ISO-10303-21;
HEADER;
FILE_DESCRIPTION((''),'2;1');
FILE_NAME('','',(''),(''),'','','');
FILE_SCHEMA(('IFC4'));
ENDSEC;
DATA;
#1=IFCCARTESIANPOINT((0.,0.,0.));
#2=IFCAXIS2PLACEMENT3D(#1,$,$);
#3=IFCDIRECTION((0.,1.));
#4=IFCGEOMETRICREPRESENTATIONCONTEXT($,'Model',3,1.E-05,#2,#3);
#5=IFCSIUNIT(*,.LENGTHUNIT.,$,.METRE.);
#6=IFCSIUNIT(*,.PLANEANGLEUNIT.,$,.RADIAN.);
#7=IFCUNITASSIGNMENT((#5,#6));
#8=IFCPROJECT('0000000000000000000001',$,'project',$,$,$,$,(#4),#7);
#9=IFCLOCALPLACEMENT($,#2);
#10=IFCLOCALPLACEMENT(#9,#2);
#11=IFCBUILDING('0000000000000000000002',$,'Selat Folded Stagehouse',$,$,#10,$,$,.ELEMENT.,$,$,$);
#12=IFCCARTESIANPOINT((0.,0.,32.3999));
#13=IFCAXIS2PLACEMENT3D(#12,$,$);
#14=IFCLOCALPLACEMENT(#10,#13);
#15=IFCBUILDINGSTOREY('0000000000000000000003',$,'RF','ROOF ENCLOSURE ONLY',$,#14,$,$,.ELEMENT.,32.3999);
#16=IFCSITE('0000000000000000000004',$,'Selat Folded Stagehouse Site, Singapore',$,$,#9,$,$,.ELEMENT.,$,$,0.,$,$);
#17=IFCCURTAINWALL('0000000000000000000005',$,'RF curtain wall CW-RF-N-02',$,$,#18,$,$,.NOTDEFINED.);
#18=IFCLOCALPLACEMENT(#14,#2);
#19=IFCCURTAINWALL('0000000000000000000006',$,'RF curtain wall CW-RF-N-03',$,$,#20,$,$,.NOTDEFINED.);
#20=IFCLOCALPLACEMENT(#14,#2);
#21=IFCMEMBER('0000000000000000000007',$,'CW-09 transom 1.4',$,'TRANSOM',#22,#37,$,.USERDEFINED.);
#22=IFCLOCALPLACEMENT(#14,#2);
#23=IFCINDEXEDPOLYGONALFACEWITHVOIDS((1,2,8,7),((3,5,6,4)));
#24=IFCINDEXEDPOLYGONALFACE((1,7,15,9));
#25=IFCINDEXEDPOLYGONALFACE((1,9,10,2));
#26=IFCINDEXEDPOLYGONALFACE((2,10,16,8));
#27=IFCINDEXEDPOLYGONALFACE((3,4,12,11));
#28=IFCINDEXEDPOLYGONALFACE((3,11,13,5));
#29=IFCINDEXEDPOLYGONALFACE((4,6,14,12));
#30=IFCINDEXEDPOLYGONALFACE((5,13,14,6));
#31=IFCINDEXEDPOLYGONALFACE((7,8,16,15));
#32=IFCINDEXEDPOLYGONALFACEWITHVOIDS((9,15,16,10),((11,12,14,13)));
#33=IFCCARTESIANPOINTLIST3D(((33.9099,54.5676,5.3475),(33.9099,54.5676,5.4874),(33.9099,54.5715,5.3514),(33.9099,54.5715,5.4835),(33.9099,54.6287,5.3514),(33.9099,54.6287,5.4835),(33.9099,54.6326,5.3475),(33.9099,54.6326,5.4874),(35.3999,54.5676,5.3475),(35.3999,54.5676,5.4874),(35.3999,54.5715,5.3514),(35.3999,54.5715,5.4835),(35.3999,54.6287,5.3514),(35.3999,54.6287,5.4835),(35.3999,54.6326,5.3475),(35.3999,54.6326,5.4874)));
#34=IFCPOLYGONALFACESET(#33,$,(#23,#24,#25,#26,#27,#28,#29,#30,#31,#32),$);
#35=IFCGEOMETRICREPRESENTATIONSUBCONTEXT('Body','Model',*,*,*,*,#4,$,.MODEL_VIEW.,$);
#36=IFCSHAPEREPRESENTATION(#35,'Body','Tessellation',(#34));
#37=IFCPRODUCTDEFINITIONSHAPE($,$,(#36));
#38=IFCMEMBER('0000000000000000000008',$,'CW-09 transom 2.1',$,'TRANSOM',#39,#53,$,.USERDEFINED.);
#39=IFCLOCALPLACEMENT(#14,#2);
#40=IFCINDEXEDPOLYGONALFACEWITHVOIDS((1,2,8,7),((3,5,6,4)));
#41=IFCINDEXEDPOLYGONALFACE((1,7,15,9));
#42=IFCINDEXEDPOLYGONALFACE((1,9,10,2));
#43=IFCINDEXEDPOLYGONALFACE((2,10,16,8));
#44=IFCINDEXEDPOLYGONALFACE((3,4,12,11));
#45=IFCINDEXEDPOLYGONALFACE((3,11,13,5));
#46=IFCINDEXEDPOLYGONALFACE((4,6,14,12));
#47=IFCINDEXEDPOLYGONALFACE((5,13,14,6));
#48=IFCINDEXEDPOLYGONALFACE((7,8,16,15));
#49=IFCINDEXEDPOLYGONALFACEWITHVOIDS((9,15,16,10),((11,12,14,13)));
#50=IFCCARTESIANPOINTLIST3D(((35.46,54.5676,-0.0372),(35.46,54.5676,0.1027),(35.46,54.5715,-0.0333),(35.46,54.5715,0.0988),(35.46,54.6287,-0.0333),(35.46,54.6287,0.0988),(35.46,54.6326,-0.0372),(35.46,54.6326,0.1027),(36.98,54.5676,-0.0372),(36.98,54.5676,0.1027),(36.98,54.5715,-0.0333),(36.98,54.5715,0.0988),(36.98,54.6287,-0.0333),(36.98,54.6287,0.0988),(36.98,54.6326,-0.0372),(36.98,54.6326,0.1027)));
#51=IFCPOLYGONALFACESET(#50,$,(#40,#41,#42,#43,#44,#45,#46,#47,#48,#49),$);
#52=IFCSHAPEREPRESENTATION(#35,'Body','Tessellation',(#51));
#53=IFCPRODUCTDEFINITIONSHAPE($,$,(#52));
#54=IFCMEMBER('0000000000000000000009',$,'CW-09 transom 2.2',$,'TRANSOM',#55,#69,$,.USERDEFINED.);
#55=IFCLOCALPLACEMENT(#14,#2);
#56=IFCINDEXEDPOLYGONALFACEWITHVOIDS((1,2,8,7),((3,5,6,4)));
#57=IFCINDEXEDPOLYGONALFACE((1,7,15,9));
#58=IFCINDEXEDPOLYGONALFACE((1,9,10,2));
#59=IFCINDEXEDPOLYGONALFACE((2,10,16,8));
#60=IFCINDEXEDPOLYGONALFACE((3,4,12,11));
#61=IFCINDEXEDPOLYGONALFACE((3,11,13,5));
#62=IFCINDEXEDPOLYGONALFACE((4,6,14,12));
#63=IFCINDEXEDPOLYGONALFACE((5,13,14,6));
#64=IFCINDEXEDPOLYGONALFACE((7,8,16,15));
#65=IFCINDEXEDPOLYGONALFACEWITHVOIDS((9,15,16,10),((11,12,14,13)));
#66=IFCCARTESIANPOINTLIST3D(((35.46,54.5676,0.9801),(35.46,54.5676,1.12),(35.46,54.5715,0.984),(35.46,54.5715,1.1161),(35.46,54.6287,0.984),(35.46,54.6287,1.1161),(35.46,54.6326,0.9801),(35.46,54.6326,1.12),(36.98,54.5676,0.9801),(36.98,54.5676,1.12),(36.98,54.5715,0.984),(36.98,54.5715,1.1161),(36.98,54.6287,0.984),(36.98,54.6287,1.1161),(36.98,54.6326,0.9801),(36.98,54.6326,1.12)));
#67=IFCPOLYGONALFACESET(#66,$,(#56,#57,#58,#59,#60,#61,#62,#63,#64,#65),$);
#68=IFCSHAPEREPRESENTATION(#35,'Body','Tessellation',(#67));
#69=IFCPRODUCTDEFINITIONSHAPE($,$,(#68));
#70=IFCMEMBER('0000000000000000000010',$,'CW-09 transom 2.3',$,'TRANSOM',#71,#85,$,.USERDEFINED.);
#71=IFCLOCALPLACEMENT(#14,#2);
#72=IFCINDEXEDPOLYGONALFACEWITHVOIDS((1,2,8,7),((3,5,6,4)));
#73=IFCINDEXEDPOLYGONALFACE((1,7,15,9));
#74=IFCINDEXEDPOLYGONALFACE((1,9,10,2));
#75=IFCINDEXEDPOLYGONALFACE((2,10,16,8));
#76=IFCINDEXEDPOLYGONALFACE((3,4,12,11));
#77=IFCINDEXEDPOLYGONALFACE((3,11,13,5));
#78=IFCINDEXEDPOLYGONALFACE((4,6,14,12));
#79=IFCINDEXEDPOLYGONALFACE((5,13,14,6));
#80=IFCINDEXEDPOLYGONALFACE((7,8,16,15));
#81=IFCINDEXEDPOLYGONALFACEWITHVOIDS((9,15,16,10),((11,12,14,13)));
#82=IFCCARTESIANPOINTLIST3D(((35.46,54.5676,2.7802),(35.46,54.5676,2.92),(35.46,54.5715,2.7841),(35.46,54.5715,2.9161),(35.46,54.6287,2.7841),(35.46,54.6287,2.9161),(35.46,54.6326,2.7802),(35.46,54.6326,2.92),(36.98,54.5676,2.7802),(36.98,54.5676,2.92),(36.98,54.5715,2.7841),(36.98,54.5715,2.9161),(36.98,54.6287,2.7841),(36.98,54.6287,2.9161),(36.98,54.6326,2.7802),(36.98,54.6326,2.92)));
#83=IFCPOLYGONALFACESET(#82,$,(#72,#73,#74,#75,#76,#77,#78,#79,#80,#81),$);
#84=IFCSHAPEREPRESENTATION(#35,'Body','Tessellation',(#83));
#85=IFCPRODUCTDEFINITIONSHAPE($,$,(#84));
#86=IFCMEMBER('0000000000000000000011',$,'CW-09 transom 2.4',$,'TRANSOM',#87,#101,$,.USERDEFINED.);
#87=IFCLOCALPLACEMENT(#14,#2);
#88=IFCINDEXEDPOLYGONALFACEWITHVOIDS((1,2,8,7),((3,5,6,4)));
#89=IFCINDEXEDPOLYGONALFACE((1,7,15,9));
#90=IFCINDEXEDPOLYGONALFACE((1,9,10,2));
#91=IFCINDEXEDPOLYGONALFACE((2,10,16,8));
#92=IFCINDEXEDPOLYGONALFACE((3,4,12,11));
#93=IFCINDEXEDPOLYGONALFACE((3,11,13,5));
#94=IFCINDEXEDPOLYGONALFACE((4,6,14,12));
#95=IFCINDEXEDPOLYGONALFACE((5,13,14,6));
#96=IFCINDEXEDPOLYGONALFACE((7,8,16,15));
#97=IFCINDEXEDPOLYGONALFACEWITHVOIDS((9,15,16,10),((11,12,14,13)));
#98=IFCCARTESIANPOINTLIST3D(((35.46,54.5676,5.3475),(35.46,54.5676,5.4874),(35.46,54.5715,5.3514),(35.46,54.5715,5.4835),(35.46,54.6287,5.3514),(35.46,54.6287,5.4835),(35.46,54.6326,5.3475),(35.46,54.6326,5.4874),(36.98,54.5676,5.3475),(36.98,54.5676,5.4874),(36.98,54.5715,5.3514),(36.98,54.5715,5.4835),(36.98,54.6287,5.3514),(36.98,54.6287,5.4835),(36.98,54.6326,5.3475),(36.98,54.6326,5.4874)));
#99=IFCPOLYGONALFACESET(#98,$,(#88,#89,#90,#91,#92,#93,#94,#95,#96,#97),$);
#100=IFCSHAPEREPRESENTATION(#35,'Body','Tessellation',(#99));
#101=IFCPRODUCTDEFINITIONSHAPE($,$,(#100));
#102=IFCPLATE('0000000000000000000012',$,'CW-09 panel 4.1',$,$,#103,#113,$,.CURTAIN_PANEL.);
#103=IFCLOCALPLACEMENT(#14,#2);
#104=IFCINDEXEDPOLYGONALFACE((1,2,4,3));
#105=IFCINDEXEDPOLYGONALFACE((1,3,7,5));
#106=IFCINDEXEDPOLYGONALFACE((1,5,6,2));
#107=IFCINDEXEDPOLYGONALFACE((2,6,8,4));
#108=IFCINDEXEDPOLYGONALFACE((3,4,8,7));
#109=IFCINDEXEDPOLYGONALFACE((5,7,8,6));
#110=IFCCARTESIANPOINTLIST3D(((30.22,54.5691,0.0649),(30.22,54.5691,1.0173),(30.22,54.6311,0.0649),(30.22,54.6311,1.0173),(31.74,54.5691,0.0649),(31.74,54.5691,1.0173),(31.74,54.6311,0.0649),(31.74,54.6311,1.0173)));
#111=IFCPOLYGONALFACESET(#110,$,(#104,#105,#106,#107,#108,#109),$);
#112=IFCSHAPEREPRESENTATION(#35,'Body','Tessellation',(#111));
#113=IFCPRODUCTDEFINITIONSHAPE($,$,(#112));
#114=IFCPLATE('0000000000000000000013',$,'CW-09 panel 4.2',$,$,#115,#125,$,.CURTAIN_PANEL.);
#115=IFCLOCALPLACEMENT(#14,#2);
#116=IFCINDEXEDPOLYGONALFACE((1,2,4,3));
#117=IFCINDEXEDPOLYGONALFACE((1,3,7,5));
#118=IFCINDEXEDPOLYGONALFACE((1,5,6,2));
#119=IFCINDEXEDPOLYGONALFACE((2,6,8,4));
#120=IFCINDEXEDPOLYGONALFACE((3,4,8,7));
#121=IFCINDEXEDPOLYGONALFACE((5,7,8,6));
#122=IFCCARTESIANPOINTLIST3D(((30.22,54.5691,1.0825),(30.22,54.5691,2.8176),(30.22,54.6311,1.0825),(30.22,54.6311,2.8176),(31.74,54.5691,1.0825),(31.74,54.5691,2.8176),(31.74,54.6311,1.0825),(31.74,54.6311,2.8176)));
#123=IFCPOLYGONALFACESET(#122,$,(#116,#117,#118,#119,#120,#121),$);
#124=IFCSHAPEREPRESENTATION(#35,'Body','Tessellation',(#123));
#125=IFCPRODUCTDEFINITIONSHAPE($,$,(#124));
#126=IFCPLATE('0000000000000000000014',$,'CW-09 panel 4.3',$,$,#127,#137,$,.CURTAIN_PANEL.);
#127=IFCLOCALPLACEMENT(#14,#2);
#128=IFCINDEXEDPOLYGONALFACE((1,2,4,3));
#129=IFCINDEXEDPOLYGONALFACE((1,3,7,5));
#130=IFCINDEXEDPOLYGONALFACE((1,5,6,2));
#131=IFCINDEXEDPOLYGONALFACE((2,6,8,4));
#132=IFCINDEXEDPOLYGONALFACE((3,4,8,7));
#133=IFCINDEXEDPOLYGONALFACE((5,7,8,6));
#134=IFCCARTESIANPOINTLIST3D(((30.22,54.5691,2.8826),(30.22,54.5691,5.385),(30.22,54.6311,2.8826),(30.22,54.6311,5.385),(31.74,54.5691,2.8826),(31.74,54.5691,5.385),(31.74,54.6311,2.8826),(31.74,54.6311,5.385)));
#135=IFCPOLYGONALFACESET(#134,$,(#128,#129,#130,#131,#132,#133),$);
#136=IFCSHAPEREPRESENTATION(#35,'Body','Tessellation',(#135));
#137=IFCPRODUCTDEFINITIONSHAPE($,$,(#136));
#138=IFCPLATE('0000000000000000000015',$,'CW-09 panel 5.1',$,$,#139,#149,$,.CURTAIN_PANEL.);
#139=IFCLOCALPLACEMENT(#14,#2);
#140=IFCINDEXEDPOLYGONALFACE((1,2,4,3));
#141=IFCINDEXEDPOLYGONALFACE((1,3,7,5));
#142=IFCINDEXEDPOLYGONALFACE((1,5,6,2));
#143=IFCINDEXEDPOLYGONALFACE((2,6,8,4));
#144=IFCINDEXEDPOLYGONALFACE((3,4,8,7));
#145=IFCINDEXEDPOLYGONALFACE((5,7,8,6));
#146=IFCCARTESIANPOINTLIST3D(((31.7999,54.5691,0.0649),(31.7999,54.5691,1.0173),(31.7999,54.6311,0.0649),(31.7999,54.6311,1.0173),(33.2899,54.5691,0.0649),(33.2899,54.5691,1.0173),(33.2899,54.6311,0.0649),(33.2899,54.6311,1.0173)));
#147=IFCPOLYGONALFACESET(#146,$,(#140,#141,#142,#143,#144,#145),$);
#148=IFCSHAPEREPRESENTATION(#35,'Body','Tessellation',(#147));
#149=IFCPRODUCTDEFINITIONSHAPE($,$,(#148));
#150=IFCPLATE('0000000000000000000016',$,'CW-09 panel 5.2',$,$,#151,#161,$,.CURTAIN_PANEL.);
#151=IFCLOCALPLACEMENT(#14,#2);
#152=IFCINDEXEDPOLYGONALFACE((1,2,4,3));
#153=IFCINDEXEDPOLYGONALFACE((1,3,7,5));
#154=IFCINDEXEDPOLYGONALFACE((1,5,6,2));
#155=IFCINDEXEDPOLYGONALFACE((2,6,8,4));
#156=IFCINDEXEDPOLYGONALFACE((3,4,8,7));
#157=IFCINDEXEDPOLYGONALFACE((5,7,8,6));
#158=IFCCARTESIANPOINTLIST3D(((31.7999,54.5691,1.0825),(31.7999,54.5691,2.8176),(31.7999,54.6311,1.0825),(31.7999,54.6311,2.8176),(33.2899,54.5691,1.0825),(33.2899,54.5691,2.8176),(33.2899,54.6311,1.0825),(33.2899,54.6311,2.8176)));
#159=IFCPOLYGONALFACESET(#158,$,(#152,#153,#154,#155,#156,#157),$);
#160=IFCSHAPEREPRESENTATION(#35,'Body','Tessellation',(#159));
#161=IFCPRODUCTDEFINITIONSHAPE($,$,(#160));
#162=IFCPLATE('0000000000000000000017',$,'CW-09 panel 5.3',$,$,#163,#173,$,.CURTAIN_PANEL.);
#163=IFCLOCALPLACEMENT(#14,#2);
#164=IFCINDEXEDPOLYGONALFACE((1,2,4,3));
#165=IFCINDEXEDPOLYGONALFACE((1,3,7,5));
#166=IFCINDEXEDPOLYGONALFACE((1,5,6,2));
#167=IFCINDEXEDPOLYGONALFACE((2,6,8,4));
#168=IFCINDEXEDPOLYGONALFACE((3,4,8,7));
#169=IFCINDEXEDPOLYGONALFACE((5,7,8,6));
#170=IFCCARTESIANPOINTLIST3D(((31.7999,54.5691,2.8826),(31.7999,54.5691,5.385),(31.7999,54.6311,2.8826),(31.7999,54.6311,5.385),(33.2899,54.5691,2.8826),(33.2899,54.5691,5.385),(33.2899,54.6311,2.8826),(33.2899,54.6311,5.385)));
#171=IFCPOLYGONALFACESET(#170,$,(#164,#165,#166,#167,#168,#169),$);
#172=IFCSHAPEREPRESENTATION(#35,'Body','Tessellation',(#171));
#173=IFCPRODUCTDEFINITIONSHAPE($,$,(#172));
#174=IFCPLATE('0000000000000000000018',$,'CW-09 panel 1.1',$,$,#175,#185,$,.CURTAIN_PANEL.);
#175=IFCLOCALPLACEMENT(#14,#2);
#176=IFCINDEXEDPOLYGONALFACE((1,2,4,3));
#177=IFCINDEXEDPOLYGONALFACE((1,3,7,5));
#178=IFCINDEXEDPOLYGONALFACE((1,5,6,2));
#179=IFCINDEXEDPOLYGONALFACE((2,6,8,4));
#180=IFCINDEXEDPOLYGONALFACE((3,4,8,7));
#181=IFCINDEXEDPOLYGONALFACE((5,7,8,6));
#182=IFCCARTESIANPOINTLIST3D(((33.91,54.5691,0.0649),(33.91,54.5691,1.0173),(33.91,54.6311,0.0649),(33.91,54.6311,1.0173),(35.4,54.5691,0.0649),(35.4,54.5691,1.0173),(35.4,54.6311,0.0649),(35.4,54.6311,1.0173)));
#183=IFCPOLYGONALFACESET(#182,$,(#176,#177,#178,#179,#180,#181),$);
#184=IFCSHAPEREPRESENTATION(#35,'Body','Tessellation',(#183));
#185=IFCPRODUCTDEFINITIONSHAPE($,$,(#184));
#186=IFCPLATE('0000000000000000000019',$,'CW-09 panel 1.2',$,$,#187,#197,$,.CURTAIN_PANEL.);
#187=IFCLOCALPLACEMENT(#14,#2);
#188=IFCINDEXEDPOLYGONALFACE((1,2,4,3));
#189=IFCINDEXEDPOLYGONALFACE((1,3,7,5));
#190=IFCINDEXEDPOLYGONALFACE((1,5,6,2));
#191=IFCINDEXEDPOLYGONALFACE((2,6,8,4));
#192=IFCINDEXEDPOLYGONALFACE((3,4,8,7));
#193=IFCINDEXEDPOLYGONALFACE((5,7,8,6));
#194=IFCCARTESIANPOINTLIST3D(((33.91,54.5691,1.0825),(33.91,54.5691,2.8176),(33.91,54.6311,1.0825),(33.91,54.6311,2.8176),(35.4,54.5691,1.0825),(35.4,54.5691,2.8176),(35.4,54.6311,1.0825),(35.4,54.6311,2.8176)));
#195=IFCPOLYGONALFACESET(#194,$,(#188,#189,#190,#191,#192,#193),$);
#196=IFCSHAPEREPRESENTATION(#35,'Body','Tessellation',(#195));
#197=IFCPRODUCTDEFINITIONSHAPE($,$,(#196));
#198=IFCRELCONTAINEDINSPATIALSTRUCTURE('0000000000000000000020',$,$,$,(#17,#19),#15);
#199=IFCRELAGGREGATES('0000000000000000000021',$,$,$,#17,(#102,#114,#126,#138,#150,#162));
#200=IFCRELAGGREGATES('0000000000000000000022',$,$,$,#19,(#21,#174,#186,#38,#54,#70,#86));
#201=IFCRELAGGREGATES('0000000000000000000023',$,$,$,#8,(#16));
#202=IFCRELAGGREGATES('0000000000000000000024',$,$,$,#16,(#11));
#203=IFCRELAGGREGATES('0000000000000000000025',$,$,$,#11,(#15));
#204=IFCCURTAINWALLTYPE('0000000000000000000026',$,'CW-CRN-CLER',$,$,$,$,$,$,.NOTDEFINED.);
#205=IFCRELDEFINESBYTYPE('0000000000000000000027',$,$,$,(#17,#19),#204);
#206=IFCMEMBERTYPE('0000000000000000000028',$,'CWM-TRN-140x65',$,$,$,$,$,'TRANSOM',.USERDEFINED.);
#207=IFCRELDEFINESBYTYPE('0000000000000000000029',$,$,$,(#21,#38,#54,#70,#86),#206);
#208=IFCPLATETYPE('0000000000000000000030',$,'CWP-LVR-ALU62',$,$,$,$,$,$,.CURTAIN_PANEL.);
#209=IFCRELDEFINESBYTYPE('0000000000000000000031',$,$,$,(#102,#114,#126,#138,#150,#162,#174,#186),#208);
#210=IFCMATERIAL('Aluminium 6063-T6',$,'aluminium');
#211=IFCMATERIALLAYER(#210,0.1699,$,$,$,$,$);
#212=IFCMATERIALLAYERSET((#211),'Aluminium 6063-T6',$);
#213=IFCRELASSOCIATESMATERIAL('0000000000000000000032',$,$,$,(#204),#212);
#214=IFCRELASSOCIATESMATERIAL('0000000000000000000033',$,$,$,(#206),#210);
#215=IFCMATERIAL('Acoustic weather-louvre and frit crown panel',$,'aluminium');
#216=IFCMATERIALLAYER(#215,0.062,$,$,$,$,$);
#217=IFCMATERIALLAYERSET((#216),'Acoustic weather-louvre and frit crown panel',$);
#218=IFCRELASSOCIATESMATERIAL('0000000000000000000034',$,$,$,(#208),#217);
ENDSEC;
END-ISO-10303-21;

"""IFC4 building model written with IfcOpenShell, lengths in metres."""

from ifc_helpers import new_model, si_unit, direction, frame, origin, origin_2d, place, context, subcontext, project, spatial, rectangle, hollow_rectangle, extrude, material, layer, layer_set, material_profile, profile_set, type_object, element, aggregate, save


model = new_model("IFC4")

# Units and contexts
model_context = context("Model", 3, precision=1e-05, world=origin(), true_north=direction((0.0, 1.0)))
body_context = subcontext(model_context, "Body", "Model", "MODEL_VIEW")
ifc_project = project(units=[si_unit("LENGTHUNIT", "METRE"), si_unit("PLANEANGLEUNIT", "RADIAN")], contexts=[model_context])

# Site, building, storey
site_placement = place(None, origin())
site = spatial("IfcSite", under=ifc_project, at=site_placement, Name="Selat Folded Stagehouse Site, Singapore", CompositionType="ELEMENT", RefElevation=0.0)
building_placement = place(site_placement, origin())
building = spatial("IfcBuilding", under=site, at=building_placement, Name="Selat Folded Stagehouse", CompositionType="ELEMENT")
storey_placement = place(building_placement, frame((0.0, 0.0, 32.3999)))
storey = spatial("IfcBuildingStorey", under=building, at=storey_placement, Name="RF", Description="ROOF ENCLOSURE ONLY", CompositionType="ELEMENT", Elevation=32.3999)

# Curtain walls
ifc_material_1 = material(Name="Aluminium 6063-T6", Category="aluminium")
ifc_layer_1 = layer(ifc_material_1, 0.1699)
ifc_layer_set_1 = layer_set([ifc_layer_1], Name="Aluminium 6063-T6")
curtain_wall_type = type_object("IfcCurtainWallType", Name="CW-CRN-CLER", PredefinedType="NOTDEFINED", material=ifc_layer_set_1)
curtain_wall_1_placement = place(storey_placement, origin())
curtain_wall_1 = element("IfcCurtainWall", 1, at=curtain_wall_1_placement, inside=storey, type_object=curtain_wall_type, Name="RF curtain wall CW-RF-N-02", PredefinedType="NOTDEFINED")
curtain_wall_2_placement = place(storey_placement, origin())
curtain_wall_2 = element("IfcCurtainWall", 2, at=curtain_wall_2_placement, inside=storey, type_object=curtain_wall_type, Name="RF curtain wall CW-RF-N-03", PredefinedType="NOTDEFINED")

# Members
ifc_material_profile_1 = material_profile(ifc_material_1, hollow_rectangle(XDim=0.0649, YDim=0.1399, WallThickness=0.0039, at=origin_2d()), Name="ALU 140x65x4.0")
ifc_profile_set_1 = profile_set([ifc_material_profile_1], Name="Aluminium 6063-T6")
member_type_1 = type_object("IfcMemberType", Name="CWM-TRN-140x65", ElementType="TRANSOM", PredefinedType="USERDEFINED", material=ifc_profile_set_1)
member_1_placement = place(storey_placement, frame((33.9099, 54.6001, 5.4175), z_axis=(1.0, 0.0, 0.0), x_axis=(0.0, 1.0, 0.0)))
member_1 = element("IfcMember", 3, at=member_1_placement, type_object=member_type_1, Name="CW-09 transom 1.4", ObjectType="TRANSOM", PredefinedType="USERDEFINED", context=body_context, shape_type="SweptSolid", body=[
    extrude(hollow_rectangle(XDim=0.0649, YDim=0.1399, WallThickness=0.0039, at=origin_2d()), origin(), (0.0, 0.0, 1.0), 1.49),
])
member_2_placement = place(storey_placement, frame((35.46, 54.6001, 0.0327), z_axis=(1.0, 0.0, 0.0), x_axis=(0.0, 1.0, 0.0)))
member_2 = element("IfcMember", 4, at=member_2_placement, type_object=member_type_1, Name="CW-09 transom 2.1", ObjectType="TRANSOM", PredefinedType="USERDEFINED", context=body_context, shape_type="SweptSolid", body=[
    extrude(hollow_rectangle(XDim=0.0649, YDim=0.1399, WallThickness=0.0039, at=origin_2d()), origin(), (0.0, 0.0, 1.0), 1.52),
])
member_3_placement = place(storey_placement, frame((35.46, 54.6001, 1.05), z_axis=(1.0, 0.0, 0.0), x_axis=(0.0, 1.0, 0.0)))
member_3 = element("IfcMember", 5, at=member_3_placement, type_object=member_type_1, Name="CW-09 transom 2.2", ObjectType="TRANSOM", PredefinedType="USERDEFINED", context=body_context, shape_type="SweptSolid", body=[
    extrude(hollow_rectangle(XDim=0.0649, YDim=0.1399, WallThickness=0.0039, at=origin_2d()), origin(), (0.0, 0.0, 1.0), 1.52),
])
member_4_placement = place(storey_placement, frame((35.46, 54.6001, 2.8501), z_axis=(1.0, 0.0, 0.0), x_axis=(0.0, 1.0, 0.0)))
member_4 = element("IfcMember", 6, at=member_4_placement, type_object=member_type_1, Name="CW-09 transom 2.3", ObjectType="TRANSOM", PredefinedType="USERDEFINED", context=body_context, shape_type="SweptSolid", body=[
    extrude(hollow_rectangle(XDim=0.0649, YDim=0.1399, WallThickness=0.0039, at=origin_2d()), origin(), (0.0, 0.0, 1.0), 1.52),
])
member_5_placement = place(storey_placement, frame((35.46, 54.6001, 5.4175), z_axis=(1.0, 0.0, 0.0), x_axis=(0.0, 1.0, 0.0)))
member_5 = element("IfcMember", 7, at=member_5_placement, type_object=member_type_1, Name="CW-09 transom 2.4", ObjectType="TRANSOM", PredefinedType="USERDEFINED", context=body_context, shape_type="SweptSolid", body=[
    extrude(hollow_rectangle(XDim=0.0649, YDim=0.1399, WallThickness=0.0039, at=origin_2d()), origin(), (0.0, 0.0, 1.0), 1.52),
])

# Plates
ifc_material_2 = material(Name="Acoustic weather-louvre and frit crown panel", Category="aluminium")
ifc_layer_2 = layer(ifc_material_2, 0.062)
ifc_layer_set_2 = layer_set([ifc_layer_2], Name="Acoustic weather-louvre and frit crown panel")
plate_type_1 = type_object("IfcPlateType", Name="CWP-LVR-ALU62", PredefinedType="CURTAIN_PANEL", material=ifc_layer_set_2)
plate_1_placement = place(storey_placement, frame((30.98, 54.6001, 0.0649), z_axis=(0.0, 0.0, 1.0), x_axis=(1.0, 0.0, 0.0)))
plate_1 = element("IfcPlate", 8, at=plate_1_placement, type_object=plate_type_1, Name="CW-09 panel 4.1", PredefinedType="CURTAIN_PANEL", context=body_context, shape_type="SweptSolid", body=[
    extrude(rectangle(XDim=1.52, YDim=0.062, at=origin_2d()), origin(), (0.0, 0.0, 1.0), 0.9524),
])
plate_2_placement = place(storey_placement, frame((30.98, 54.6001, 1.0825), z_axis=(0.0, 0.0, 1.0), x_axis=(1.0, 0.0, 0.0)))
plate_2 = element("IfcPlate", 9, at=plate_2_placement, type_object=plate_type_1, Name="CW-09 panel 4.2", PredefinedType="CURTAIN_PANEL", context=body_context, shape_type="SweptSolid", body=[
    extrude(rectangle(XDim=1.52, YDim=0.062, at=origin_2d()), origin(), (0.0, 0.0, 1.0), 1.7351),
])
plate_3_placement = place(storey_placement, frame((30.98, 54.6001, 2.8826), z_axis=(0.0, 0.0, 1.0), x_axis=(1.0, 0.0, 0.0)))
plate_3 = element("IfcPlate", 10, at=plate_3_placement, type_object=plate_type_1, Name="CW-09 panel 4.3", PredefinedType="CURTAIN_PANEL", context=body_context, shape_type="SweptSolid", body=[
    extrude(rectangle(XDim=1.52, YDim=0.062, at=origin_2d()), origin(), (0.0, 0.0, 1.0), 2.5024),
])
plate_4_placement = place(storey_placement, frame((32.5449, 54.6001, 0.0649), z_axis=(0.0, 0.0, 1.0), x_axis=(1.0, 0.0, 0.0)))
plate_4 = element("IfcPlate", 11, at=plate_4_placement, type_object=plate_type_1, Name="CW-09 panel 5.1", PredefinedType="CURTAIN_PANEL", context=body_context, shape_type="SweptSolid", body=[
    extrude(rectangle(XDim=1.49, YDim=0.062, at=origin_2d()), origin(), (0.0, 0.0, 1.0), 0.9524),
])
plate_5_placement = place(storey_placement, frame((32.5449, 54.6001, 1.0825), z_axis=(0.0, 0.0, 1.0), x_axis=(1.0, 0.0, 0.0)))
plate_5 = element("IfcPlate", 12, at=plate_5_placement, type_object=plate_type_1, Name="CW-09 panel 5.2", PredefinedType="CURTAIN_PANEL", context=body_context, shape_type="SweptSolid", body=[
    extrude(rectangle(XDim=1.49, YDim=0.062, at=origin_2d()), origin(), (0.0, 0.0, 1.0), 1.7351),
])
plate_6_placement = place(storey_placement, frame((32.5449, 54.6001, 2.8826), z_axis=(0.0, 0.0, 1.0), x_axis=(1.0, 0.0, 0.0)))
plate_6 = element("IfcPlate", 13, at=plate_6_placement, type_object=plate_type_1, Name="CW-09 panel 5.3", PredefinedType="CURTAIN_PANEL", context=body_context, shape_type="SweptSolid", body=[
    extrude(rectangle(XDim=1.49, YDim=0.062, at=origin_2d()), origin(), (0.0, 0.0, 1.0), 2.5024),
])
aggregate(curtain_wall_1, [plate_1, plate_2, plate_3, plate_4, plate_5, plate_6])
plate_7_placement = place(storey_placement, frame((34.655, 54.6001, 0.0649), z_axis=(0.0, 0.0, 1.0), x_axis=(1.0, 0.0, 0.0)))
plate_7 = element("IfcPlate", 14, at=plate_7_placement, type_object=plate_type_1, Name="CW-09 panel 1.1", PredefinedType="CURTAIN_PANEL", context=body_context, shape_type="SweptSolid", body=[
    extrude(rectangle(XDim=1.49, YDim=0.062, at=origin_2d()), origin(), (0.0, 0.0, 1.0), 0.9524),
])
plate_8_placement = place(storey_placement, frame((34.655, 54.6001, 1.0825), z_axis=(0.0, 0.0, 1.0), x_axis=(1.0, 0.0, 0.0)))
plate_8 = element("IfcPlate", 15, at=plate_8_placement, type_object=plate_type_1, Name="CW-09 panel 1.2", PredefinedType="CURTAIN_PANEL", context=body_context, shape_type="SweptSolid", body=[
    extrude(rectangle(XDim=1.49, YDim=0.062, at=origin_2d()), origin(), (0.0, 0.0, 1.0), 1.7351),
])
aggregate(curtain_wall_2, [member_1, plate_7, plate_8, member_2, member_3, member_4, member_5])

save(model, "model.ifc")
